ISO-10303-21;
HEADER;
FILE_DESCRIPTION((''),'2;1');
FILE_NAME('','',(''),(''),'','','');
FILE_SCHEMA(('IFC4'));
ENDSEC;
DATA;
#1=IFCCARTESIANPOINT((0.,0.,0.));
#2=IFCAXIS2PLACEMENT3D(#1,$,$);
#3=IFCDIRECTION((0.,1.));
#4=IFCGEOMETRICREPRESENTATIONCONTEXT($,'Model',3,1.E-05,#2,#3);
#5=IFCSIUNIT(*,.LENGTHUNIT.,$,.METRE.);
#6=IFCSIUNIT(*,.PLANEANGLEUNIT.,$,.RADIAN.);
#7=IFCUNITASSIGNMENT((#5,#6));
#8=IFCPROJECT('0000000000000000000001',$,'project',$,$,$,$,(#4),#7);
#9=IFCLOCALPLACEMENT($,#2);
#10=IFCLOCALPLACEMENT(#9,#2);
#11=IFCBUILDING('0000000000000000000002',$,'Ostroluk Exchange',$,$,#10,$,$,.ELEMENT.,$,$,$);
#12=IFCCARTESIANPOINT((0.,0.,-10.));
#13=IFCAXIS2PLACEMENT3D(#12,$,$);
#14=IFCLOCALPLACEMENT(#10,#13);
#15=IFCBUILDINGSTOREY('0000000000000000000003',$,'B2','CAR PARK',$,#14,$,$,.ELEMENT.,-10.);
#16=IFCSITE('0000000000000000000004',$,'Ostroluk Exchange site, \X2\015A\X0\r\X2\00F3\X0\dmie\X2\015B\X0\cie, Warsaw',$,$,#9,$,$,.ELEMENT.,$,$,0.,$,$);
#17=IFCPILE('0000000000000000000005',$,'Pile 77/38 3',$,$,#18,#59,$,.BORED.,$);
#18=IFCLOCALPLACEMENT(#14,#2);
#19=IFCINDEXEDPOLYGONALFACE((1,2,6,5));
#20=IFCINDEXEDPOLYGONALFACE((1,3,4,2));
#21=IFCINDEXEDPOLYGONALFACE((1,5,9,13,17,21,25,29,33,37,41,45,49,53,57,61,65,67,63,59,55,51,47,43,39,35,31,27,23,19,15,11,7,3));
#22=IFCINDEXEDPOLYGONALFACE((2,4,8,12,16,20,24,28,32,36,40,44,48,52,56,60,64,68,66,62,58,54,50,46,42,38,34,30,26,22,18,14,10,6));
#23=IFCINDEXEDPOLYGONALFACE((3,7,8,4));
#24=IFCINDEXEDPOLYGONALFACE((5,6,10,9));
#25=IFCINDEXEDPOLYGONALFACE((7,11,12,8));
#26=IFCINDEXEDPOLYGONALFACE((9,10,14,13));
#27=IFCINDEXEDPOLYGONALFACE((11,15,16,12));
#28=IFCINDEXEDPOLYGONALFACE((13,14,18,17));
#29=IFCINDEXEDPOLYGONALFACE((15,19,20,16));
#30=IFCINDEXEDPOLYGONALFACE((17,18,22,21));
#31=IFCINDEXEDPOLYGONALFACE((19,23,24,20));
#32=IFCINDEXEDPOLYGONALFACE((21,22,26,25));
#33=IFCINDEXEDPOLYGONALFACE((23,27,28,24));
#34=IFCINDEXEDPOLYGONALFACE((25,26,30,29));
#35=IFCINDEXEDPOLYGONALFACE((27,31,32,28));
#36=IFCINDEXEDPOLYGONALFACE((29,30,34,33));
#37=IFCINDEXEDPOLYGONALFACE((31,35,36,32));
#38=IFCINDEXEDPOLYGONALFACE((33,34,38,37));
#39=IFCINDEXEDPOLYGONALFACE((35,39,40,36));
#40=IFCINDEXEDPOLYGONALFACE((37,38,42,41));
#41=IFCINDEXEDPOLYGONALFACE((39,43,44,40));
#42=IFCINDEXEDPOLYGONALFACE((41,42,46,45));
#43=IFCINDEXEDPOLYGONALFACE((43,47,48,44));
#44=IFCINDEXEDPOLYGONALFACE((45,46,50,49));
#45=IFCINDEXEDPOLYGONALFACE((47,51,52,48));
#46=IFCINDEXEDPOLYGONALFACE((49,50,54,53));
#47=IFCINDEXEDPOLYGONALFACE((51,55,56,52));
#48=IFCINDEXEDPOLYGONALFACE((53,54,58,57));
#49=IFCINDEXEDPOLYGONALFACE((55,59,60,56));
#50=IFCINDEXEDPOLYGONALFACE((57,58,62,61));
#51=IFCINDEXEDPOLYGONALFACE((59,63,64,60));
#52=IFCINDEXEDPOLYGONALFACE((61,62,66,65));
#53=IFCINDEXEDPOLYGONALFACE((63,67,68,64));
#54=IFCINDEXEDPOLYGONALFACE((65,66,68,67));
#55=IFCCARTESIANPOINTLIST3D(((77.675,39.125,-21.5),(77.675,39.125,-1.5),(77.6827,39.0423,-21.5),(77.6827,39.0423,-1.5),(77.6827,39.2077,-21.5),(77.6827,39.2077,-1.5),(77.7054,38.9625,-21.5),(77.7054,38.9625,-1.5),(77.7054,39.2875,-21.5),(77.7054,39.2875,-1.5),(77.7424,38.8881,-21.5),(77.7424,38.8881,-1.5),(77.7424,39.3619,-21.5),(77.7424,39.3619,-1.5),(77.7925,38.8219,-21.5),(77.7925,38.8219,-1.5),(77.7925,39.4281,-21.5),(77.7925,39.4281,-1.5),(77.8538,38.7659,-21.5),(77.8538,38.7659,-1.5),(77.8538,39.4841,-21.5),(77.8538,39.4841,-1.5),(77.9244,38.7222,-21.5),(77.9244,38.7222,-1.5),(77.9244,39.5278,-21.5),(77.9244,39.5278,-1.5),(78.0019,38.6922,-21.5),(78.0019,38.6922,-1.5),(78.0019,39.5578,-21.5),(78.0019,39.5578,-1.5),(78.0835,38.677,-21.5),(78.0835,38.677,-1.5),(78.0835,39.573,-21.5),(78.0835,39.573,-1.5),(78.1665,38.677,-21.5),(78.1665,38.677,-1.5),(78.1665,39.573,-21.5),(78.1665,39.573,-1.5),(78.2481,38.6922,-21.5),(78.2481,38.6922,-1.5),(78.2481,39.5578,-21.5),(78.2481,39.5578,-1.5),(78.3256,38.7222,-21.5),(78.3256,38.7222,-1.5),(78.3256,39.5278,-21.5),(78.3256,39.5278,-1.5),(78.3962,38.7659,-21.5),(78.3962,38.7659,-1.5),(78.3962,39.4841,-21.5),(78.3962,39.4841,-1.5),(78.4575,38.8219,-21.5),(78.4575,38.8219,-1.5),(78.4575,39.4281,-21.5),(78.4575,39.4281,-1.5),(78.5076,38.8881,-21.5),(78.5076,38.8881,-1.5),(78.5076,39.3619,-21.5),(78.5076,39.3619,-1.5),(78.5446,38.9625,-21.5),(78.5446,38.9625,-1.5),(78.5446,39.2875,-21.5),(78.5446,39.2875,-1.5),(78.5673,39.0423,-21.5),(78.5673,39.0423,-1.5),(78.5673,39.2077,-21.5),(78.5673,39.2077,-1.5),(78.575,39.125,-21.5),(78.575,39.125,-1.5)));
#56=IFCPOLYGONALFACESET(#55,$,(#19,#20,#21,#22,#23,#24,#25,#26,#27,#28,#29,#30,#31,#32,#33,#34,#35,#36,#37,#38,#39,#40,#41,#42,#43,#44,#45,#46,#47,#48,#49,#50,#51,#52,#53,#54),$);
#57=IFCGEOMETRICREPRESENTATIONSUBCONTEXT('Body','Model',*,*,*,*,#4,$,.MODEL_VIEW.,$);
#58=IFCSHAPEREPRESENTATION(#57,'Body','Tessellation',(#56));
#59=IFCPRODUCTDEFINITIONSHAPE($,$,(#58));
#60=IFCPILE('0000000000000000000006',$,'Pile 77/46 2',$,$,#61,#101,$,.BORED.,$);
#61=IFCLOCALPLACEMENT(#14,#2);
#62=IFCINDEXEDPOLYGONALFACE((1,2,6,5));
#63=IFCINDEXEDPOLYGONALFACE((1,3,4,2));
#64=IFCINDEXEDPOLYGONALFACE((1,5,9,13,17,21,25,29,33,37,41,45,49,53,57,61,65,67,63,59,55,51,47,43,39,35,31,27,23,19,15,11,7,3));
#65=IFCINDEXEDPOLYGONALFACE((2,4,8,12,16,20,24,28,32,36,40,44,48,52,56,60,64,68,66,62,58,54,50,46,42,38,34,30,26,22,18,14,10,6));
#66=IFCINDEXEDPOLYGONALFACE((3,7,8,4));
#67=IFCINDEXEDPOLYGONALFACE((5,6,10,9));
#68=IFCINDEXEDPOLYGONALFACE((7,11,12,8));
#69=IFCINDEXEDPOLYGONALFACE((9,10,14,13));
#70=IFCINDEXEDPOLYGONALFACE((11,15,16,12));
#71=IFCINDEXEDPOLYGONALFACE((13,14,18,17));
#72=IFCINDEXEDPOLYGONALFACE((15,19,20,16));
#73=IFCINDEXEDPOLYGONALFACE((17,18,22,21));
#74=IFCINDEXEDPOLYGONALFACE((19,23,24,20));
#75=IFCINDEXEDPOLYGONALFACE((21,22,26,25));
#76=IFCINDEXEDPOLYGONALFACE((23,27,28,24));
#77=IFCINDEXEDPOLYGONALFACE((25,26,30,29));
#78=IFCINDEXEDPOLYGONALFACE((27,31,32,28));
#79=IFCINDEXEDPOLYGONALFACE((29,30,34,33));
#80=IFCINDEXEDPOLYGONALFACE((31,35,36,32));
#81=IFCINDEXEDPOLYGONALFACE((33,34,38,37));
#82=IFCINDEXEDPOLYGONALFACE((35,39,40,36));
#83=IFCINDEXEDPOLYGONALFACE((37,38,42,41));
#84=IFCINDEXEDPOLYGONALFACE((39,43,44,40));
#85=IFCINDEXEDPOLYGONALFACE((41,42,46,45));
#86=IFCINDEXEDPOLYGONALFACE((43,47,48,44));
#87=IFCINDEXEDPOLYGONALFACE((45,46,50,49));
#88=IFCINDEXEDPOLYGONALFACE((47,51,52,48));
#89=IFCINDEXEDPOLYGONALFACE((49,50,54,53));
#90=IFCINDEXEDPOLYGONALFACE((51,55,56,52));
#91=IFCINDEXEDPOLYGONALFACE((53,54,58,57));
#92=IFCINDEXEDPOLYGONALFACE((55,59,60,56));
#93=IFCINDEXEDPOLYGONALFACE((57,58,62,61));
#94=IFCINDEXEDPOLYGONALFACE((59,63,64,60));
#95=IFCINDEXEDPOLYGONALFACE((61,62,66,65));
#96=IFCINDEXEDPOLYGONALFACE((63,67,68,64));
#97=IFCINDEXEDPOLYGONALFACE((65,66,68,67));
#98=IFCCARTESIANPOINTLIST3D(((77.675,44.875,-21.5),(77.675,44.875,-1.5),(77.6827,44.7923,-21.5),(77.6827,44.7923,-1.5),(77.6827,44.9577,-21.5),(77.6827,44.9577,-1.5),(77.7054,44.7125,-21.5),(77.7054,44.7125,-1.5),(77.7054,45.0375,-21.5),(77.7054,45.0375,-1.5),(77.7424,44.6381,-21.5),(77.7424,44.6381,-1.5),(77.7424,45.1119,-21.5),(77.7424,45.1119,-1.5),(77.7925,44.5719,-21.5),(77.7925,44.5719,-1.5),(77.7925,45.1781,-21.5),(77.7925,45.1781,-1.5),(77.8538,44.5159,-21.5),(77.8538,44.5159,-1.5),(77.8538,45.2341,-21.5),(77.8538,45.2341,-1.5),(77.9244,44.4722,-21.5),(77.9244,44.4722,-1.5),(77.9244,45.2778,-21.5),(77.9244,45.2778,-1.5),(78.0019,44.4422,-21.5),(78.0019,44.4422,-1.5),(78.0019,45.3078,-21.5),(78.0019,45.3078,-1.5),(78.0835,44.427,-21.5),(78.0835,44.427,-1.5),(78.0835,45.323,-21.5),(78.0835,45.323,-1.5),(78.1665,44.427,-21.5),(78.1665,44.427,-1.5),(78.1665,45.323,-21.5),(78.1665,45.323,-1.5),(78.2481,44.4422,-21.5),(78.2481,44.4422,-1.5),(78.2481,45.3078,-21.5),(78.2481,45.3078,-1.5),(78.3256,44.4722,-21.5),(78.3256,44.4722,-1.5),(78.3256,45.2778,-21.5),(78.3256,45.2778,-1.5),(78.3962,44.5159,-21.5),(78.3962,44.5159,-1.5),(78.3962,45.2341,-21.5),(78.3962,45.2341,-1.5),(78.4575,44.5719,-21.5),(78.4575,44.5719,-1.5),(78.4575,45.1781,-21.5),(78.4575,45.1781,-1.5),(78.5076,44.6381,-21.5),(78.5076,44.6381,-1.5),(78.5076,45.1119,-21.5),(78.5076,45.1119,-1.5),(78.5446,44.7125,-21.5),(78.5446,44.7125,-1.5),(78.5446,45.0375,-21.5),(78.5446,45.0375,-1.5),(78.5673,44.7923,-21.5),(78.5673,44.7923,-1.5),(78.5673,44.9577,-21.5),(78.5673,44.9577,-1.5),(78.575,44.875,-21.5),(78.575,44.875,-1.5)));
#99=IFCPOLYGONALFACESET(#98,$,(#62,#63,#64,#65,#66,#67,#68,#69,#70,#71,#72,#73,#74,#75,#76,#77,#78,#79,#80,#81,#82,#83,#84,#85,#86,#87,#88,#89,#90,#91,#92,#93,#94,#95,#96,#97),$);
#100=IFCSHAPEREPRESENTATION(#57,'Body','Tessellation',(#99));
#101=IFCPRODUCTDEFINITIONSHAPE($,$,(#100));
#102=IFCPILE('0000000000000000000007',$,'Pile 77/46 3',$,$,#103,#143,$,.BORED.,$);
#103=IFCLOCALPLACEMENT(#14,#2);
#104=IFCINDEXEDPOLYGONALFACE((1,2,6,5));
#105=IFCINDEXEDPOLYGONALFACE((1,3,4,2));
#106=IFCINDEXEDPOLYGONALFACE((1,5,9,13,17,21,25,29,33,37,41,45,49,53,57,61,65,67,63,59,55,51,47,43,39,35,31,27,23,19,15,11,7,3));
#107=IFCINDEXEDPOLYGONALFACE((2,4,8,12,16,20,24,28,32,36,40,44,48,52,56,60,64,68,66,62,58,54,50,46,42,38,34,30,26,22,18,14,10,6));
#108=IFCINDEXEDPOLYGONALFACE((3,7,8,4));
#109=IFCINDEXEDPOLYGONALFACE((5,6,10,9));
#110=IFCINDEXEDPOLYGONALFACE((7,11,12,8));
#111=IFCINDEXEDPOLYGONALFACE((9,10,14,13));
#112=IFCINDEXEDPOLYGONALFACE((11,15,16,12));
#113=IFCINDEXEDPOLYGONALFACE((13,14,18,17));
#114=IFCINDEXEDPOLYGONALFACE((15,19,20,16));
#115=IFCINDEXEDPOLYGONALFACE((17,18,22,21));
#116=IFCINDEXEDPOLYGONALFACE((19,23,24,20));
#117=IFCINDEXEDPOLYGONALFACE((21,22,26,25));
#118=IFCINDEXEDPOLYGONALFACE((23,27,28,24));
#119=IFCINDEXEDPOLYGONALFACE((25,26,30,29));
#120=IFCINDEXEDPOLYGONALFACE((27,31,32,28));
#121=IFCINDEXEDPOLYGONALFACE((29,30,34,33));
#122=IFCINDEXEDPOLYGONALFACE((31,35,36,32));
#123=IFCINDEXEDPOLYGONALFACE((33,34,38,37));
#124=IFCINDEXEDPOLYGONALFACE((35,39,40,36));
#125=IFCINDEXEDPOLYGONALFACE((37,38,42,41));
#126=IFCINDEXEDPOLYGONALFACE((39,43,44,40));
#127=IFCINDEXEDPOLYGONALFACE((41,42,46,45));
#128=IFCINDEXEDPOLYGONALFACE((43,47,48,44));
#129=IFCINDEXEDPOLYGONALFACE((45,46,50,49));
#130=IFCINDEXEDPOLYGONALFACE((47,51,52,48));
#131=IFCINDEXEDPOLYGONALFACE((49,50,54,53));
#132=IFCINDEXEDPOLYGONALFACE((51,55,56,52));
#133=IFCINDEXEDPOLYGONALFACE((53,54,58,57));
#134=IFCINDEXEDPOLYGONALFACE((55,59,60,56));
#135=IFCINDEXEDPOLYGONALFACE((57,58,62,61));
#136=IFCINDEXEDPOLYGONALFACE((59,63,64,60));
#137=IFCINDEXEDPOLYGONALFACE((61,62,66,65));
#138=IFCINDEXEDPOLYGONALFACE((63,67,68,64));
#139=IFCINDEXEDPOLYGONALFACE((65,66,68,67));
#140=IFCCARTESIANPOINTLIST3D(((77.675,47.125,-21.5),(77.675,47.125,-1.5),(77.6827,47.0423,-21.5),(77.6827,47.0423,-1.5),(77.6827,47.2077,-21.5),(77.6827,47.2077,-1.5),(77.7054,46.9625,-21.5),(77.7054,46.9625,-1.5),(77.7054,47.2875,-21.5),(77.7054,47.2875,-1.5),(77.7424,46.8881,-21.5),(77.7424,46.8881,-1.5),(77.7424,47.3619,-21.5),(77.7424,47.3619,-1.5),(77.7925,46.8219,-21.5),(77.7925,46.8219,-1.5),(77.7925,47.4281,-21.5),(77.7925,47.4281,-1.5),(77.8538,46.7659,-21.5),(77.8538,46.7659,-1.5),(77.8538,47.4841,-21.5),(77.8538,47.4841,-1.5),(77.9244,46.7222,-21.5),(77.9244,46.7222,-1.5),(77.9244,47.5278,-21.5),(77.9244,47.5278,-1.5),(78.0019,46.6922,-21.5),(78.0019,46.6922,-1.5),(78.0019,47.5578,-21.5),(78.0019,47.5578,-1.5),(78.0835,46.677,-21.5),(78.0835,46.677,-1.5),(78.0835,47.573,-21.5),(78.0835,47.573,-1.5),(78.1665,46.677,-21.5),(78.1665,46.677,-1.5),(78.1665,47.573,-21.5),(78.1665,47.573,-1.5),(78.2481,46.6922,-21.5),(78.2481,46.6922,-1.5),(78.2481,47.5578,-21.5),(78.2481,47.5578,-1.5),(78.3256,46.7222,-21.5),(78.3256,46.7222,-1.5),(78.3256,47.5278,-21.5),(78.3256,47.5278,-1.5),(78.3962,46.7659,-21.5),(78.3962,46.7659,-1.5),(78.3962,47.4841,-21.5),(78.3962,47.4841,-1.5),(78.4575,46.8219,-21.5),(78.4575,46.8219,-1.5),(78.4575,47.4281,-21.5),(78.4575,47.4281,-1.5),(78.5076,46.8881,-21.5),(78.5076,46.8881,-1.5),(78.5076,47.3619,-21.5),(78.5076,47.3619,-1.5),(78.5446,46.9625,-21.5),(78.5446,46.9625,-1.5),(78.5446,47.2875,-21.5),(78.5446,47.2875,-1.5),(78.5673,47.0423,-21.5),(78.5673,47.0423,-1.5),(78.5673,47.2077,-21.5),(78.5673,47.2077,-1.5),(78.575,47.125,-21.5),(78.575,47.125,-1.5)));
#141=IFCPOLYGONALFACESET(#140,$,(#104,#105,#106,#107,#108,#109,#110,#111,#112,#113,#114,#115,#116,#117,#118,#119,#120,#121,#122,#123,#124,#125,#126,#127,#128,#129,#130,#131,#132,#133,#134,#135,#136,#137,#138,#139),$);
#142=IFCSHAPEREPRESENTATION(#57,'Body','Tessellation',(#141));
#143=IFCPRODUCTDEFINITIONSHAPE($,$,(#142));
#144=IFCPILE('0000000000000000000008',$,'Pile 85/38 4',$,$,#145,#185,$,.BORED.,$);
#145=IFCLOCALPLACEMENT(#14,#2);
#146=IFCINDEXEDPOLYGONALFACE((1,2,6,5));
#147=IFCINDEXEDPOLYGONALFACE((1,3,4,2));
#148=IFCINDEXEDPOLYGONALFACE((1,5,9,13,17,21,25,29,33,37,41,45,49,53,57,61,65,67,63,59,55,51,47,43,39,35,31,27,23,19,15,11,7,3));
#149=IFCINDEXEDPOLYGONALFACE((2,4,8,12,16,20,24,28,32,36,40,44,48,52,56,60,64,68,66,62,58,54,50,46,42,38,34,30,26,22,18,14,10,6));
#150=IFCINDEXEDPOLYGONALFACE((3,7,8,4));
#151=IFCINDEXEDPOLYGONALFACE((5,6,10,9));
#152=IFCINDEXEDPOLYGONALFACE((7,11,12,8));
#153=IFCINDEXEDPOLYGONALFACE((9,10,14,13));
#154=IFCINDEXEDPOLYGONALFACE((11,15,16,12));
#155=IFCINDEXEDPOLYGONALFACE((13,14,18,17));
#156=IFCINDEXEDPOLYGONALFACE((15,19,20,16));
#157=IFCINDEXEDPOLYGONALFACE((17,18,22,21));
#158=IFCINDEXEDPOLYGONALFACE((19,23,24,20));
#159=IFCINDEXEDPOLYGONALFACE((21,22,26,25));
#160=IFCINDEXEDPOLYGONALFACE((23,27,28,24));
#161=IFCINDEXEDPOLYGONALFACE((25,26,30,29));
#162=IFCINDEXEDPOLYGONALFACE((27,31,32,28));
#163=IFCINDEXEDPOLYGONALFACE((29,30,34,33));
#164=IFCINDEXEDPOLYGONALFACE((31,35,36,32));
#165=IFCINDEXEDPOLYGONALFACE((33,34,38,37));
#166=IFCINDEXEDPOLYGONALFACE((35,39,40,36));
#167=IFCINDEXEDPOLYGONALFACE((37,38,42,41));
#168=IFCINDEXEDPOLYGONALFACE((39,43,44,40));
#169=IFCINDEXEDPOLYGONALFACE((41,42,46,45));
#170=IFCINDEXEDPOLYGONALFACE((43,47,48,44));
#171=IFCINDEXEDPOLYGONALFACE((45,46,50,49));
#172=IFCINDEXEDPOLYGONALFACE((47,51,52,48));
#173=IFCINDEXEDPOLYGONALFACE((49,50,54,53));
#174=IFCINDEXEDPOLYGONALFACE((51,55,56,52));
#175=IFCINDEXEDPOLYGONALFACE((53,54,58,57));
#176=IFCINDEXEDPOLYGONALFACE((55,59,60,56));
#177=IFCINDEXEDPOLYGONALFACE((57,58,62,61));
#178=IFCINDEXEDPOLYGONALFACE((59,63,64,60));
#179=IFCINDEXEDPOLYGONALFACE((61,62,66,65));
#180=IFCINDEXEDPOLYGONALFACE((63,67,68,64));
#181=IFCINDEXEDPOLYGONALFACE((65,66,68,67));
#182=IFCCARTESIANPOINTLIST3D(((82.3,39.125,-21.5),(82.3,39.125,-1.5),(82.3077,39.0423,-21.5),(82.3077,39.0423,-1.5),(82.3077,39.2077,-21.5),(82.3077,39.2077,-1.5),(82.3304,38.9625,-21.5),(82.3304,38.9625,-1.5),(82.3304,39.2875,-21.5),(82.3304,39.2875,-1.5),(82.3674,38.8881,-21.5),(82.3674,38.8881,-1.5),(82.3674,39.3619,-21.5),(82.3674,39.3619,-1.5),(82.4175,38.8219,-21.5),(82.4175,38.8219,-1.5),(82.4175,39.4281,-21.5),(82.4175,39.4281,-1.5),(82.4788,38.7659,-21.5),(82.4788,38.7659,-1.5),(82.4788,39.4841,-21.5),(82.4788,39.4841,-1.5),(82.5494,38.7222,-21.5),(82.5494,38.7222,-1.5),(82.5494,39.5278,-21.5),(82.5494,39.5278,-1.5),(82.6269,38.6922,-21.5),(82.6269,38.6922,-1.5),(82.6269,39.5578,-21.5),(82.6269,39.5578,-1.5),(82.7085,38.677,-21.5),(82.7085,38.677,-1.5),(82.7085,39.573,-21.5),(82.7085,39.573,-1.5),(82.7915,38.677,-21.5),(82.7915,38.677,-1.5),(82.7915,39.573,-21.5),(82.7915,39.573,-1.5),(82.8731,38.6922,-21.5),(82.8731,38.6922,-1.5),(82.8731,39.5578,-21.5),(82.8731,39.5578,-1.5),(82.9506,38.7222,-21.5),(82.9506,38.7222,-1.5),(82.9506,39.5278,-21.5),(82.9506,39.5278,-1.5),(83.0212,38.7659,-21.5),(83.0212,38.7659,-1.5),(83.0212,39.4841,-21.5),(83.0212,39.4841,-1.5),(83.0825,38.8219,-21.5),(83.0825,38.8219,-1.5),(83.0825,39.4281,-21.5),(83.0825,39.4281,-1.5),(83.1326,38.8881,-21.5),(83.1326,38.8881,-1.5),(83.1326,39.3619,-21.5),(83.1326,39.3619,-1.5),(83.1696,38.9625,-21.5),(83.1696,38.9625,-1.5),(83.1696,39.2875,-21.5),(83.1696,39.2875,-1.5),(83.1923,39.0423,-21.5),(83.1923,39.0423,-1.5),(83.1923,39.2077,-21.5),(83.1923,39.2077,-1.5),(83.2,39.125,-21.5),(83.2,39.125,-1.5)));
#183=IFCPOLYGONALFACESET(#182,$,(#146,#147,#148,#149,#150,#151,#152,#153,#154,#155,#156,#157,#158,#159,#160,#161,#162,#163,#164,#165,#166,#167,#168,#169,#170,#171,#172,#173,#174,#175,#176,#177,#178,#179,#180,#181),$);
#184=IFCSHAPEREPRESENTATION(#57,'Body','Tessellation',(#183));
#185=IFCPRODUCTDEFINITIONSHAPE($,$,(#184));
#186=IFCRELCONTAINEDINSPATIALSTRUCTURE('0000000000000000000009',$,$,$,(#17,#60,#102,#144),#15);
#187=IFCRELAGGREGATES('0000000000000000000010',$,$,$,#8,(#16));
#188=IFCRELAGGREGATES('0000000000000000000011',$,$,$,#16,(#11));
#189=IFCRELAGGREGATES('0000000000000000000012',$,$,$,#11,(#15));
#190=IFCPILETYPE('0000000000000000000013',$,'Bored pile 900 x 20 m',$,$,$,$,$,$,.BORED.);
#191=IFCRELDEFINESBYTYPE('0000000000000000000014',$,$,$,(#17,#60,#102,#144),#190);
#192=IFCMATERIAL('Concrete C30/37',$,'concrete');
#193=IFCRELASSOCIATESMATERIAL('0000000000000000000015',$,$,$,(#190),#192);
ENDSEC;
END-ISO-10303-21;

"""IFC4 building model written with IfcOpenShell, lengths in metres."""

from ifc_helpers import new_model, si_unit, direction, frame, origin, origin_2d, place, context, subcontext, project, spatial, circle, extrude, material, type_object, element, save


model = new_model("IFC4")

# Units and contexts
model_context = context("Model", 3, precision=1e-05, world=origin(), true_north=direction((0.0, 1.0)))
body_context = subcontext(model_context, "Body", "Model", "MODEL_VIEW")
ifc_project = project(units=[si_unit("LENGTHUNIT", "METRE"), si_unit("PLANEANGLEUNIT", "RADIAN")], contexts=[model_context])

# Site, building, storey
site_placement = place(None, origin())
site = spatial("IfcSite", under=ifc_project, at=site_placement, Name="Ostroluk Exchange site, Śródmieście, Warsaw", CompositionType="ELEMENT", RefElevation=0.0)
building_placement = place(site_placement, origin())
building = spatial("IfcBuilding", under=site, at=building_placement, Name="Ostroluk Exchange", CompositionType="ELEMENT")
storey_placement = place(building_placement, frame((0.0, 0.0, -10.0)))
storey = spatial("IfcBuildingStorey", under=building, at=storey_placement, Name="B2", Description="CAR PARK", CompositionType="ELEMENT", Elevation=-10.0)

# Piles
ifc_material_1 = material(Name="Concrete C30/37", Category="concrete")
pile_type = type_object("IfcPileType", Name="Bored pile 900 x 20 m", PredefinedType="BORED", material=ifc_material_1)
for number, where, z_axis, x_axis, name in (
    (1, (78.125, 39.125, -1.5), (0.0, 0.0, -1.0), (1.0, 0.0, 0.0), "Pile 77/38 3"),
    (2, (78.125, 44.875, -1.5), (0.0, 0.0, -1.0), (1.0, 0.0, 0.0), "Pile 77/46 2"),
    (3, (78.125, 47.125, -1.5), (0.0, 0.0, -1.0), (1.0, 0.0, 0.0), "Pile 77/46 3"),
    (4, (82.75, 39.125, -1.5), (0.0, 0.0, -1.0), (1.0, 0.0, 0.0), "Pile 85/38 4"),
):
    element("IfcPile", number, at=place(storey_placement, frame(where, z_axis=z_axis, x_axis=x_axis)), inside=storey, type_object=pile_type, Name=name, PredefinedType="BORED", context=body_context, shape_type="SweptSolid", body=[
        extrude(circle(Radius=0.45, at=origin_2d()), origin(), (0.0, 0.0, 1.0), 20.0),
    ])

save(model, "model.ifc")
